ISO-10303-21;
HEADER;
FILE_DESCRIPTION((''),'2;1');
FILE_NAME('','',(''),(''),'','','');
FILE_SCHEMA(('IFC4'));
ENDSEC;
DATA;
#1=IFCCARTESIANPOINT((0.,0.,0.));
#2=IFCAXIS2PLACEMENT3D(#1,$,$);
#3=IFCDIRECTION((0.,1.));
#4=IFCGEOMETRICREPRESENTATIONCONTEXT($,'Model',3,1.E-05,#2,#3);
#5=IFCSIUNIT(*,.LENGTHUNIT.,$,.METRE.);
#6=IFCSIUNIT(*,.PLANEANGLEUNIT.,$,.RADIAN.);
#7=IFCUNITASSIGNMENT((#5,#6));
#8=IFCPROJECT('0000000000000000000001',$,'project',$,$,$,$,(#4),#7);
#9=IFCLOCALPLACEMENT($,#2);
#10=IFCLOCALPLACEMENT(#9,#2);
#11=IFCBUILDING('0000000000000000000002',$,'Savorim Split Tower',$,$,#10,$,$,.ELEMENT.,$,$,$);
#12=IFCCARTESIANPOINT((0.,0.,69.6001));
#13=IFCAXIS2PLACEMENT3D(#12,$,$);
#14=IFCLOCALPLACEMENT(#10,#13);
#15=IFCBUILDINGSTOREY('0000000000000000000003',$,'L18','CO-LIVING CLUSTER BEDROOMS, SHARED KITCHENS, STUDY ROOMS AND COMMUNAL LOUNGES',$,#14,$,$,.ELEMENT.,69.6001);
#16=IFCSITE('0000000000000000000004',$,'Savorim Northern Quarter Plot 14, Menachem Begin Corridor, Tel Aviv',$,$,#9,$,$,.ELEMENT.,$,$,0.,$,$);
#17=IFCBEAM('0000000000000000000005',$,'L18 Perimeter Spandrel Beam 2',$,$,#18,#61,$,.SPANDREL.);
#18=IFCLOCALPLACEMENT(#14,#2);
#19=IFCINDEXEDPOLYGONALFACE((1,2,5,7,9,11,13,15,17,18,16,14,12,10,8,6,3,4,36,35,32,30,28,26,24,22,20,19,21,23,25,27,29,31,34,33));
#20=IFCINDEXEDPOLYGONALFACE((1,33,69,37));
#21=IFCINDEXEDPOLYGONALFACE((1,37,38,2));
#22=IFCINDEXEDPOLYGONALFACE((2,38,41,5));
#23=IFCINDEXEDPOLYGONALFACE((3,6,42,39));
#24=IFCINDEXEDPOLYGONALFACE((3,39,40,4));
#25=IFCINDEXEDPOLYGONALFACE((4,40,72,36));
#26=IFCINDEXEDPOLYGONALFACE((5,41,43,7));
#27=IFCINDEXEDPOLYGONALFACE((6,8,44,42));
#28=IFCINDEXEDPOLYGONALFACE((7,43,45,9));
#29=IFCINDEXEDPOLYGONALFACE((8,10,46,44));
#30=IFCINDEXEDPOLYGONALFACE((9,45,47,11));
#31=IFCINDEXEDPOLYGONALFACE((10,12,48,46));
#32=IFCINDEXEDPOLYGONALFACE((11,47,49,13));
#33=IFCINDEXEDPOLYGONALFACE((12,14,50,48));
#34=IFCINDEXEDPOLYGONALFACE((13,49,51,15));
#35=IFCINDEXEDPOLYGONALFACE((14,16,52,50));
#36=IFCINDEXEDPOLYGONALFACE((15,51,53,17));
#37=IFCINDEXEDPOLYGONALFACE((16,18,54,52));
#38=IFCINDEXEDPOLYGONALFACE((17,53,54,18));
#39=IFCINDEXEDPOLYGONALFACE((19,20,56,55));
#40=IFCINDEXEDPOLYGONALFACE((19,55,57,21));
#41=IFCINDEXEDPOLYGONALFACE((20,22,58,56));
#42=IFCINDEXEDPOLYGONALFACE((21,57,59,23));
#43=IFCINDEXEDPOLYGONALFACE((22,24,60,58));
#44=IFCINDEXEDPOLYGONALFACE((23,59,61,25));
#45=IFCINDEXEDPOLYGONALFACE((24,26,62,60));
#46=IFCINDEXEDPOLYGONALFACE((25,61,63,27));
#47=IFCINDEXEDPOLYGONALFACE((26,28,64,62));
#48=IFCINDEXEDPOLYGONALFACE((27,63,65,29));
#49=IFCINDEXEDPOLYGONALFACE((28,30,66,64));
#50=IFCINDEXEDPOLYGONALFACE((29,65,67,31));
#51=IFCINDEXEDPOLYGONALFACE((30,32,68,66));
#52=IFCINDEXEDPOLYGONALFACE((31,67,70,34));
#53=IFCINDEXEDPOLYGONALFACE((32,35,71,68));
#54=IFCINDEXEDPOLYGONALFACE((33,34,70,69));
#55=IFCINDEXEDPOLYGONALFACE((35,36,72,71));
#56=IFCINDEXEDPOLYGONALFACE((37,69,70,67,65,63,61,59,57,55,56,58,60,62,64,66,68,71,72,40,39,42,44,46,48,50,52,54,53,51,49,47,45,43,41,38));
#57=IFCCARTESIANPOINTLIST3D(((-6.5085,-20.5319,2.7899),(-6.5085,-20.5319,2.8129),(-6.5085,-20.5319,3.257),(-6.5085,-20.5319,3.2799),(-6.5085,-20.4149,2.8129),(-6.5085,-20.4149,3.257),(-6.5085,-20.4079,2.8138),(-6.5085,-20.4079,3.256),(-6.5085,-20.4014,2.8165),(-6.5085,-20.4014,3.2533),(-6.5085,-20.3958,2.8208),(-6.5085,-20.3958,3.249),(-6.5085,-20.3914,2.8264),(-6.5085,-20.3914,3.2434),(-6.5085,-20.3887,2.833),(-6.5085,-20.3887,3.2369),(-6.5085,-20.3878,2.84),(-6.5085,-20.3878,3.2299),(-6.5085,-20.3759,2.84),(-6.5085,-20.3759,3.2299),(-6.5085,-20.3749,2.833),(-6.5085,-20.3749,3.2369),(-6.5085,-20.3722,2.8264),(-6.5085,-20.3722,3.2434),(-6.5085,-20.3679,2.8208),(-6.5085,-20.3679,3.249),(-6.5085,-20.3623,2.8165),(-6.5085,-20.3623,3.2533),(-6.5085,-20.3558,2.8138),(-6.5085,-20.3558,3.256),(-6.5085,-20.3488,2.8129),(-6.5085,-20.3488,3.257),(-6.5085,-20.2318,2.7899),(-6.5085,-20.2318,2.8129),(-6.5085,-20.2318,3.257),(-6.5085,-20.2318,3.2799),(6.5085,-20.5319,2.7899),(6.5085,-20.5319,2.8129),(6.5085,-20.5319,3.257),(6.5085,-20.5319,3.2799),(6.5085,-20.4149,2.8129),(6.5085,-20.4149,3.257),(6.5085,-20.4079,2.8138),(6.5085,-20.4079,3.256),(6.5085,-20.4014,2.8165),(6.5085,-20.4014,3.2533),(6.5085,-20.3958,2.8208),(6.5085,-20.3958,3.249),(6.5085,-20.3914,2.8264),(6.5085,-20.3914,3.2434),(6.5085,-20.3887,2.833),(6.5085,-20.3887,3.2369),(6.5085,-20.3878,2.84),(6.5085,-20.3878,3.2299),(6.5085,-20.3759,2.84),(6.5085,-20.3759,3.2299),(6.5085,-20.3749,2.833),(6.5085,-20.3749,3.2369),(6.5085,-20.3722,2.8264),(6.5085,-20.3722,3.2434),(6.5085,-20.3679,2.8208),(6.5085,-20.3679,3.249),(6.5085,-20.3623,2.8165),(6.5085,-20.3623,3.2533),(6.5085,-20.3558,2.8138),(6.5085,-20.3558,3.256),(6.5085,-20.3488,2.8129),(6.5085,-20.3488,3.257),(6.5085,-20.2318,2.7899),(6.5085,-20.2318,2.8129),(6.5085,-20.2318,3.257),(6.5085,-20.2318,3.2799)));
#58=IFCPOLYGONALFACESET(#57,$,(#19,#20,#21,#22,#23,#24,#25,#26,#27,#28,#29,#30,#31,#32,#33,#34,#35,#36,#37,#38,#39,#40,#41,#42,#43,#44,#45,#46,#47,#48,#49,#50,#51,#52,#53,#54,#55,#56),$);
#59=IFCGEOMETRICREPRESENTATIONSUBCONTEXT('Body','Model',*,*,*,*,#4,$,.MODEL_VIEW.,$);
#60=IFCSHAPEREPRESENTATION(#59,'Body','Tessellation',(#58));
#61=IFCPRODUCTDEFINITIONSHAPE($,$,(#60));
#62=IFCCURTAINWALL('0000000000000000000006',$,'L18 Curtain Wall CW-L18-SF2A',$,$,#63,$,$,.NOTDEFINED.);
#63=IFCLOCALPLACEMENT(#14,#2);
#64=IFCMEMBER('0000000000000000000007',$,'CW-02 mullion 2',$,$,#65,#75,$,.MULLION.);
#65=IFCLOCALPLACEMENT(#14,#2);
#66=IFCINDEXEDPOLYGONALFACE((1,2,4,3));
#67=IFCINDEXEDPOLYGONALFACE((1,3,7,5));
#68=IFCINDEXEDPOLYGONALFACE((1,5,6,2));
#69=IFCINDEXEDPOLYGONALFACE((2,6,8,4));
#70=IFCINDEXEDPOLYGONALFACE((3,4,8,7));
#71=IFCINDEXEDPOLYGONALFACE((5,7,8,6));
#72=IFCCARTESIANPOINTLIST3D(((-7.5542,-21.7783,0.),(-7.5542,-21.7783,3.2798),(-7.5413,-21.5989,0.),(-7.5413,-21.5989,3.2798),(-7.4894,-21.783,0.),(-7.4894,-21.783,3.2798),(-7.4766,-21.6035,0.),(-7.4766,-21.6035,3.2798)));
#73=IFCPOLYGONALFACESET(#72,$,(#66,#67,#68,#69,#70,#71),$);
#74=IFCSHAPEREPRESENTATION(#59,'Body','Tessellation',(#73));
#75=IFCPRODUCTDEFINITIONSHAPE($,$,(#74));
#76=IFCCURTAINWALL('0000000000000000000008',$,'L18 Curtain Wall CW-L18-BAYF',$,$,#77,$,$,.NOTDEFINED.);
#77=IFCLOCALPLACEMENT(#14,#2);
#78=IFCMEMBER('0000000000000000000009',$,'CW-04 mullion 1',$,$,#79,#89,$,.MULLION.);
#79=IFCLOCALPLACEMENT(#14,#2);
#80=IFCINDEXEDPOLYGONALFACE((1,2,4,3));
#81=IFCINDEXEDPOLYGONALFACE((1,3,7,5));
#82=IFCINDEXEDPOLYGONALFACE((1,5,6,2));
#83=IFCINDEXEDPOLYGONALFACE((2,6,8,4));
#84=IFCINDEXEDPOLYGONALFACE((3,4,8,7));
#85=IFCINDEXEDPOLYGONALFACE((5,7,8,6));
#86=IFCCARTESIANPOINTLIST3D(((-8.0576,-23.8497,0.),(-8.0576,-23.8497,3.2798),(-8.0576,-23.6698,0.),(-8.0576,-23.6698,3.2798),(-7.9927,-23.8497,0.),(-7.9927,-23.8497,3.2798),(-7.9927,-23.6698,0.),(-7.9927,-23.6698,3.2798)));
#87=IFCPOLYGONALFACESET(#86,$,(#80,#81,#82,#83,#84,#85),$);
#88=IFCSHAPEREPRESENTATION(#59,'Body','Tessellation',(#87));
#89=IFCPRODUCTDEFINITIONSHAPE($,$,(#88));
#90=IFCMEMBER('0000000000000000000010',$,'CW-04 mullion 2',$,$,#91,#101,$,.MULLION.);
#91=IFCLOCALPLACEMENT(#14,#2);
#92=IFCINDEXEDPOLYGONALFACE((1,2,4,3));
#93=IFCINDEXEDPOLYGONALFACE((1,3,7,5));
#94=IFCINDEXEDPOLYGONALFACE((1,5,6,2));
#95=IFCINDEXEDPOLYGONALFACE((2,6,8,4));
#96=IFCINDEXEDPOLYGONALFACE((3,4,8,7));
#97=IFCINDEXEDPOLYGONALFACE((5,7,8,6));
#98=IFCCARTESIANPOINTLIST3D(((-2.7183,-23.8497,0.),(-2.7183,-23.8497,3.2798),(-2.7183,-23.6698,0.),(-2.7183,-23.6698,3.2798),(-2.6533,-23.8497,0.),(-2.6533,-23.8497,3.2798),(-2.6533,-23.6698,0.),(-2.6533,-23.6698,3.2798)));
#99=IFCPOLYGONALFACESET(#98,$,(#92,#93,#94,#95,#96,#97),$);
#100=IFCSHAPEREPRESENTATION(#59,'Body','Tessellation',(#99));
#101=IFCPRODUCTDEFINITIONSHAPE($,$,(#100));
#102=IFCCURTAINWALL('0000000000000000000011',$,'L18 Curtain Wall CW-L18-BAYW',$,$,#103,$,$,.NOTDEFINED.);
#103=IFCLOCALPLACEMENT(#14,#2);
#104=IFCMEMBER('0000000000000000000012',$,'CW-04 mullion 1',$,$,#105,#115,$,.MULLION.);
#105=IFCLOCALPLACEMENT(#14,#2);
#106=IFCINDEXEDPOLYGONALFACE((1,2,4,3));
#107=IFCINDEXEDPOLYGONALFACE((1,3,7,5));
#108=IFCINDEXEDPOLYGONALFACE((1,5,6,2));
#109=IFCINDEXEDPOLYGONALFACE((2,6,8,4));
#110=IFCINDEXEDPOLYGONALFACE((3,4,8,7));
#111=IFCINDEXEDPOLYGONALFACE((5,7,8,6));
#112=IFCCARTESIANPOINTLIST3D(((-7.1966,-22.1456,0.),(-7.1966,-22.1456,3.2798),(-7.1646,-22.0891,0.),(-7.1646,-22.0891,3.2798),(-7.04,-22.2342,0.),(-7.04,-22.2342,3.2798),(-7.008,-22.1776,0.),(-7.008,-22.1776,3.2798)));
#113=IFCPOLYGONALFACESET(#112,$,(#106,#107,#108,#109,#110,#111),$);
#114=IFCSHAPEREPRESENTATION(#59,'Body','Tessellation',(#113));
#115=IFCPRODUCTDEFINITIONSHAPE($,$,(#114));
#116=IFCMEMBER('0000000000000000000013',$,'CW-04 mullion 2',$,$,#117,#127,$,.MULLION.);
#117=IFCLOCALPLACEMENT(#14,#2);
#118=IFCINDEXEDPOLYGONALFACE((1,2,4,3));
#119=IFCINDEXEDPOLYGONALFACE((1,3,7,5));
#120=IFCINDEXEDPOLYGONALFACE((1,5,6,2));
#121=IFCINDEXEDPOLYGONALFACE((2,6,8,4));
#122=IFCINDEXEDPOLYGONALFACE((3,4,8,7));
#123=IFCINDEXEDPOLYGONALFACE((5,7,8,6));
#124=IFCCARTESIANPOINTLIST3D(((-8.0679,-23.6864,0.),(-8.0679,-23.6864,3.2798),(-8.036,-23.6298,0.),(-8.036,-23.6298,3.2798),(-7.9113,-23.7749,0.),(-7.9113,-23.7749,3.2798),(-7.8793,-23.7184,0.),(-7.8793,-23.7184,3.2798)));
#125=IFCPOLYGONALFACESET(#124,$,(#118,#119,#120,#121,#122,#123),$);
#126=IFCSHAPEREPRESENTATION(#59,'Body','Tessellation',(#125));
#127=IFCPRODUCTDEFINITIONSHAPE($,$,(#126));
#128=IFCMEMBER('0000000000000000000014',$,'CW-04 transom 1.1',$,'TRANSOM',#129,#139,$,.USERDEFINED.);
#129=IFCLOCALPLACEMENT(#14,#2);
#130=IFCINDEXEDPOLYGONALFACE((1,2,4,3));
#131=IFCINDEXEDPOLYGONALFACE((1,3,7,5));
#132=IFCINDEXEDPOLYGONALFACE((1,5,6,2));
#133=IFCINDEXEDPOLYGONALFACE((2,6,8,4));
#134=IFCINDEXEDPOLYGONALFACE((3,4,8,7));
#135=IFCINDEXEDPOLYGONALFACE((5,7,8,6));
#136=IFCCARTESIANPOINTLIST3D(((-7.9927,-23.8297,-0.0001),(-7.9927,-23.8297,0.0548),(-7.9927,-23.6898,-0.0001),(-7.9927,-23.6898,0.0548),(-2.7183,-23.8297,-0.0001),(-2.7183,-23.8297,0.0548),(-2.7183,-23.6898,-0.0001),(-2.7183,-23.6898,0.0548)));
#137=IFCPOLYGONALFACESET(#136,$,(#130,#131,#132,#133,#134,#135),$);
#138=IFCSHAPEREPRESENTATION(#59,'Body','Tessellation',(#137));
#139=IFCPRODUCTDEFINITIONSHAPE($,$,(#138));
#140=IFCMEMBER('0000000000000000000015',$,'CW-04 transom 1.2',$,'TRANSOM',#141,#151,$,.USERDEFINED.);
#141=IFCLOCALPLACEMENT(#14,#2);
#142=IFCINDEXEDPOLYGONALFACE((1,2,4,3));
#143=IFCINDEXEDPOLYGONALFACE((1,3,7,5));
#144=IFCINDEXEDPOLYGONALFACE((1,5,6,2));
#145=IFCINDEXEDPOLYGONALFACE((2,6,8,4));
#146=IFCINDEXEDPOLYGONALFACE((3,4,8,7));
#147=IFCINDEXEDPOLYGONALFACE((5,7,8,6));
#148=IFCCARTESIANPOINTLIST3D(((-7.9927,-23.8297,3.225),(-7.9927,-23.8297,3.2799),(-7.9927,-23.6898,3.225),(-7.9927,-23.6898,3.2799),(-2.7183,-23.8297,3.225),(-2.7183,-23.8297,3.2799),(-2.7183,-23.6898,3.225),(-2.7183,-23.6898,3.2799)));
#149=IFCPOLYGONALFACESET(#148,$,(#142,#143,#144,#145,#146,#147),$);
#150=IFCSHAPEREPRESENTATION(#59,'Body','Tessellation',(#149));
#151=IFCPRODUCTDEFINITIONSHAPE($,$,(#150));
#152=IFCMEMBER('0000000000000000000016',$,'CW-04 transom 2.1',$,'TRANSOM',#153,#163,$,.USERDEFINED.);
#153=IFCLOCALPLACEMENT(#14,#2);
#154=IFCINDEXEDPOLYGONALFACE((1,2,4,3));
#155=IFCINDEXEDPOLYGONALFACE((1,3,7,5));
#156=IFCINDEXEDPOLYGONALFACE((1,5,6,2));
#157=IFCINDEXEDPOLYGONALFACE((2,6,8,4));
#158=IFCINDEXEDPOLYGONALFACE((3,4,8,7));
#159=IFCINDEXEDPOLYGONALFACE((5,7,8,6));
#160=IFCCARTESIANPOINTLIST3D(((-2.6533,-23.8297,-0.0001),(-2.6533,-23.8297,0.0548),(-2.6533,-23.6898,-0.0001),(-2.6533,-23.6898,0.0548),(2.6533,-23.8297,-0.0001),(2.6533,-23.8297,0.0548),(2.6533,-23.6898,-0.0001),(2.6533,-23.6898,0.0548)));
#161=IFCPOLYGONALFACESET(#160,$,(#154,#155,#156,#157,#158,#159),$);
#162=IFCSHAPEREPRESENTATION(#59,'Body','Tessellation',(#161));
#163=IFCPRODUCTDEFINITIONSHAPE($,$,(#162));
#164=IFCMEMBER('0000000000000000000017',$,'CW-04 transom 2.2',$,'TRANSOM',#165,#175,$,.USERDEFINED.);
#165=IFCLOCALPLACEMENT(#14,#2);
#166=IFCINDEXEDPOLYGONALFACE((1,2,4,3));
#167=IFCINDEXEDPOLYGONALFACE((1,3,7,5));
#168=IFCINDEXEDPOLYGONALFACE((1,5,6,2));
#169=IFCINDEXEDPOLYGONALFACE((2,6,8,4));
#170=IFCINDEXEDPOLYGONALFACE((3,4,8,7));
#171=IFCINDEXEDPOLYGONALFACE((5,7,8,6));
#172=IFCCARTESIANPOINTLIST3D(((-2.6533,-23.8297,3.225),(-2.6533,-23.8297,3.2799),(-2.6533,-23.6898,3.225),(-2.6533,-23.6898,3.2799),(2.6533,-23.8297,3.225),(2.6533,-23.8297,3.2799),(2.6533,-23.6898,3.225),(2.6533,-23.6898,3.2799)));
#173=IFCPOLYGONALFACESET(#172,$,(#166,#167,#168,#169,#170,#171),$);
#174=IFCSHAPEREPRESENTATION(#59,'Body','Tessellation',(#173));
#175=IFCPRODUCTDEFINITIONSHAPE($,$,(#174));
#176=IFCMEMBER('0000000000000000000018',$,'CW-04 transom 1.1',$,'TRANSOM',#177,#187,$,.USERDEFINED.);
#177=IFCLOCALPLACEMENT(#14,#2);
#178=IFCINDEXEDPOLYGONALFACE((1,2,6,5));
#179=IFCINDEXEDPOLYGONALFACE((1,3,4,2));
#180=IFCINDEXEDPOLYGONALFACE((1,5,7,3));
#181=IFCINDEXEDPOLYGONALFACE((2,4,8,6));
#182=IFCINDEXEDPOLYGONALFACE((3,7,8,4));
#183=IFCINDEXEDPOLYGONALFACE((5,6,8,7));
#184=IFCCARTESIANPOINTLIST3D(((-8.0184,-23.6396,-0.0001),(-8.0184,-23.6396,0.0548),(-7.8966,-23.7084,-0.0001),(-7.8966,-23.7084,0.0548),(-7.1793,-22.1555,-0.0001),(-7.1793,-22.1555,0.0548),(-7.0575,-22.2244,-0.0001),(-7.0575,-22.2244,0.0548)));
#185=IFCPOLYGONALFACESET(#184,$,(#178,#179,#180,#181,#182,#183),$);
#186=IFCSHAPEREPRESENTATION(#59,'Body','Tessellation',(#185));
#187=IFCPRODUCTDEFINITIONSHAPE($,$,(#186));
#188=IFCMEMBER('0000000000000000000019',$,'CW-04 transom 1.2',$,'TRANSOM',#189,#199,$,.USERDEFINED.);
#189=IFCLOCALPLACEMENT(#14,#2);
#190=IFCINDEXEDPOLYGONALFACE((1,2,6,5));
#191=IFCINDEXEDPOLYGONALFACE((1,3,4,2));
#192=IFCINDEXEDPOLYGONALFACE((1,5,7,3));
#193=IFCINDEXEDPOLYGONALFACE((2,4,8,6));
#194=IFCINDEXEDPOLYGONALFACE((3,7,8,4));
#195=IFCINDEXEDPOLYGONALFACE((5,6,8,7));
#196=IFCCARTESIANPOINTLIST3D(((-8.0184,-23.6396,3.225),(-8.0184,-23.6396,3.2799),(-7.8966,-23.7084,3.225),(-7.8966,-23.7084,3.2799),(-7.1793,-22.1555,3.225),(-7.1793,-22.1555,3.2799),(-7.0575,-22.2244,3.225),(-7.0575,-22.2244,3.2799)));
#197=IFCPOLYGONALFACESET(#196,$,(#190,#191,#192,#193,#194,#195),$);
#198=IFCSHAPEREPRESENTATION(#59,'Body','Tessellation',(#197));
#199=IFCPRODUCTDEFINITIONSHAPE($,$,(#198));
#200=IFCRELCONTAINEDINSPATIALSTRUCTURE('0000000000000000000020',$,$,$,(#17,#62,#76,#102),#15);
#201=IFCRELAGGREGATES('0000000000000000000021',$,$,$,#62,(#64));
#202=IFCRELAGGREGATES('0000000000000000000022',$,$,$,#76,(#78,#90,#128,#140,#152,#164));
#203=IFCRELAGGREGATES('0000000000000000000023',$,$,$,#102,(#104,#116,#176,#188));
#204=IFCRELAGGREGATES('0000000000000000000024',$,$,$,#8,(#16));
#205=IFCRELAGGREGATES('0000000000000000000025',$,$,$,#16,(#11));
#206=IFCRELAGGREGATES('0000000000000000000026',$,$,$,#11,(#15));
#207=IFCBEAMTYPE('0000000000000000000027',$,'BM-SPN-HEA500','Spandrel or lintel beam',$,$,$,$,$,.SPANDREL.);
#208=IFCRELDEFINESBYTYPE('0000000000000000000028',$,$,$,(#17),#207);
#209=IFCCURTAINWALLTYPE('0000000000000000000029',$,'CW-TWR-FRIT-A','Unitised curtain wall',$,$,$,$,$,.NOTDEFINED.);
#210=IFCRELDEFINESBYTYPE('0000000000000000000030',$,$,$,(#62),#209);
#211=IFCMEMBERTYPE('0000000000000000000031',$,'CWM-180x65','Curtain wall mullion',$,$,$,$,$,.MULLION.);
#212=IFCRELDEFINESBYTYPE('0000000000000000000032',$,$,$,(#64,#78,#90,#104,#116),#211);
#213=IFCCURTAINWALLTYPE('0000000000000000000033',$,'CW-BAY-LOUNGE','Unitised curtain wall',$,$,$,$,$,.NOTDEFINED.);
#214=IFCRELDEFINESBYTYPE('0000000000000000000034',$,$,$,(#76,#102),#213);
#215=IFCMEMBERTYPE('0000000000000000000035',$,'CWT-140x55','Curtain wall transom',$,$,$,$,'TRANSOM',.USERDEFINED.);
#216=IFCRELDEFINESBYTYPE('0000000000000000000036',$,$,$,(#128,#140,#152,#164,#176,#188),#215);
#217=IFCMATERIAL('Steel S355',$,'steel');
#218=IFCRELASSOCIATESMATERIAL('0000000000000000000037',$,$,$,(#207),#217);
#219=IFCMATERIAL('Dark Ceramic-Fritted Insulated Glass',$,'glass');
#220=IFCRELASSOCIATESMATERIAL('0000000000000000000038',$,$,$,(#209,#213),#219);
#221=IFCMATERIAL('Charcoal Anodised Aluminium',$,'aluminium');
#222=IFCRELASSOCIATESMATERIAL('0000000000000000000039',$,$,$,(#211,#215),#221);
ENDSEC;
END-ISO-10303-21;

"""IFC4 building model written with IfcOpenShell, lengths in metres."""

from ifc_helpers import new_model, si_unit, direction, frame, origin, origin_2d, place, context, subcontext, project, spatial, rectangle, i_section, extrude, material, material_profile, profile_set, type_object, element, aggregate, save


model = new_model("IFC4")

# Units and contexts
model_context = context("Model", 3, precision=1e-05, world=origin(), true_north=direction((0.0, 1.0)))
body_context = subcontext(model_context, "Body", "Model", "MODEL_VIEW")
ifc_project = project(units=[si_unit("LENGTHUNIT", "METRE"), si_unit("PLANEANGLEUNIT", "RADIAN")], contexts=[model_context])

# Site, building, storey
site_placement = place(None, origin())
site = spatial("IfcSite", under=ifc_project, at=site_placement, Name="Savorim Northern Quarter Plot 14, Menachem Begin Corridor, Tel Aviv", CompositionType="ELEMENT", RefElevation=0.0)
building_placement = place(site_placement, origin())
building = spatial("IfcBuilding", under=site, at=building_placement, Name="Savorim Split Tower", CompositionType="ELEMENT")
storey_placement = place(building_placement, frame((0.0, 0.0, 69.6001)))
storey = spatial("IfcBuildingStorey", under=building, at=storey_placement, Name="L18", Description="CO-LIVING CLUSTER BEDROOMS, SHARED KITCHENS, STUDY ROOMS AND COMMUNAL LOUNGES", CompositionType="ELEMENT", Elevation=69.6001)

# Beam
ifc_material_1 = material(Name="Steel S355", Category="steel")
ifc_material_profile_1 = material_profile(ifc_material_1, i_section(OverallWidth=0.3, OverallDepth=0.49, WebThickness=0.012, FlangeThickness=0.0229, FilletRadius=0.0271, at=origin_2d()), Name="HEA 500")
ifc_profile_set_1 = profile_set([ifc_material_profile_1], Name="Steel S355")
beam_type_1 = type_object("IfcBeamType", Name="BM-SPN-HEA500", Description="Spandrel or lintel beam", PredefinedType="SPANDREL", material=ifc_profile_set_1)
beam_1_placement = place(storey_placement, frame((-6.5085, -20.3818, 3.0349), z_axis=(1.0, 0.0, 0.0), x_axis=(0.0, 1.0, 0.0)))
element("IfcBeam", 1, at=beam_1_placement, inside=storey, type_object=beam_type_1, Name="L18 Perimeter Spandrel Beam 2", PredefinedType="SPANDREL", context=body_context, shape_type="SweptSolid", body=[
    extrude(i_section(OverallWidth=0.3, OverallDepth=0.49, WebThickness=0.012, FlangeThickness=0.0229, FilletRadius=0.0271, at=origin_2d()), origin(), (0.0, 0.0, 1.0), 13.0171),
])

# Curtain wall, member
ifc_material_2 = material(Name="Dark Ceramic-Fritted Insulated Glass", Category="glass")
curtain_wall_type_1 = type_object("IfcCurtainWallType", Name="CW-TWR-FRIT-A", Description="Unitised curtain wall", PredefinedType="NOTDEFINED", material=ifc_material_2)
curtain_wall_1_placement = place(storey_placement, origin())
curtain_wall_1 = element("IfcCurtainWall", 2, at=curtain_wall_1_placement, inside=storey, type_object=curtain_wall_type_1, Name="L18 Curtain Wall CW-L18-SF2A", PredefinedType="NOTDEFINED")
ifc_material_3 = material(Name="Charcoal Anodised Aluminium", Category="aluminium")
ifc_material_profile_2 = material_profile(ifc_material_3, rectangle(XDim=0.1799, YDim=0.0649, at=origin_2d()), Name="ALU-M 180x65")
ifc_profile_set_2 = profile_set([ifc_material_profile_2], Name="Charcoal Anodised Aluminium")
member_type_1 = type_object("IfcMemberType", Name="CWM-180x65", Description="Curtain wall mullion", PredefinedType="MULLION", material=ifc_profile_set_2)
member_1_placement = place(storey_placement, frame((-7.5154, -21.6909, 0.0), z_axis=(0.0, 0.0, 1.0), x_axis=(0.071546, 0.997437, 0.0)))
member_1 = element("IfcMember", 3, at=member_1_placement, type_object=member_type_1, Name="CW-02 mullion 2", PredefinedType="MULLION", context=body_context, shape_type="SweptSolid", body=[
    extrude(rectangle(XDim=0.1799, YDim=0.0649, at=origin_2d()), origin(), (0.0, 0.0, 1.0), 3.2798),
])
aggregate(curtain_wall_1, [member_1])

# Curtain walls, members
curtain_wall_type_2 = type_object("IfcCurtainWallType", Name="CW-BAY-LOUNGE", Description="Unitised curtain wall", PredefinedType="NOTDEFINED", material=ifc_material_2)
curtain_wall_2_placement = place(storey_placement, origin())
curtain_wall_2 = element("IfcCurtainWall", 4, at=curtain_wall_2_placement, inside=storey, type_object=curtain_wall_type_2, Name="L18 Curtain Wall CW-L18-BAYF", PredefinedType="NOTDEFINED")
member_2_placement = place(storey_placement, frame((-8.0251, -23.7598, 0.0), z_axis=(0.0, 0.0, 1.0), x_axis=(0.0, 1.0, 0.0)))
member_2 = element("IfcMember", 5, at=member_2_placement, type_object=member_type_1, Name="CW-04 mullion 1", PredefinedType="MULLION", context=body_context, shape_type="SweptSolid", body=[
    extrude(rectangle(XDim=0.1799, YDim=0.0649, at=origin_2d()), origin(), (0.0, 0.0, 1.0), 3.2798),
])
member_3_placement = place(storey_placement, frame((-2.6858, -23.7598, 0.0), z_axis=(0.0, 0.0, 1.0), x_axis=(0.0, 1.0, 0.0)))
member_3 = element("IfcMember", 6, at=member_3_placement, type_object=member_type_1, Name="CW-04 mullion 2", PredefinedType="MULLION", context=body_context, shape_type="SweptSolid", body=[
    extrude(rectangle(XDim=0.1799, YDim=0.0649, at=origin_2d()), origin(), (0.0, 0.0, 1.0), 3.2798),
])
curtain_wall_3_placement = place(storey_placement, origin())
curtain_wall_3 = element("IfcCurtainWall", 7, at=curtain_wall_3_placement, inside=storey, type_object=curtain_wall_type_2, Name="L18 Curtain Wall CW-L18-BAYW", PredefinedType="NOTDEFINED")
member_4_placement = place(storey_placement, frame((-7.1023, -22.1616, 0.0), z_axis=(0.0, 0.0, 1.0), x_axis=(0.870451, -0.492255, 0.0)))
member_4 = element("IfcMember", 8, at=member_4_placement, type_object=member_type_1, Name="CW-04 mullion 1", PredefinedType="MULLION", context=body_context, shape_type="SweptSolid", body=[
    extrude(rectangle(XDim=0.1799, YDim=0.0649, at=origin_2d()), origin(), (0.0, 0.0, 1.0), 3.2798),
])
member_5_placement = place(storey_placement, frame((-7.9736, -23.7024, 0.0), z_axis=(0.0, 0.0, 1.0), x_axis=(0.870451, -0.492255, 0.0)))
member_5 = element("IfcMember", 9, at=member_5_placement, type_object=member_type_1, Name="CW-04 mullion 2", PredefinedType="MULLION", context=body_context, shape_type="SweptSolid", body=[
    extrude(rectangle(XDim=0.1799, YDim=0.0649, at=origin_2d()), origin(), (0.0, 0.0, 1.0), 3.2798),
])

# Members
ifc_material_profile_3 = material_profile(ifc_material_3, rectangle(XDim=0.1399, YDim=0.0549, at=origin_2d()), Name="ALU-T 140x55")
ifc_profile_set_3 = profile_set([ifc_material_profile_3], Name="Charcoal Anodised Aluminium")
member_type_2 = type_object("IfcMemberType", Name="CWT-140x55", Description="Curtain wall transom", ElementType="TRANSOM", PredefinedType="USERDEFINED", material=ifc_profile_set_3)
member_6_placement = place(storey_placement, frame((-7.9927, -23.7598, 0.0273), z_axis=(1.0, 0.0, 0.0), x_axis=(0.0, 1.0, 0.0)))
member_6 = element("IfcMember", 10, at=member_6_placement, type_object=member_type_2, Name="CW-04 transom 1.1", ObjectType="TRANSOM", PredefinedType="USERDEFINED", context=body_context, shape_type="SweptSolid", body=[
    extrude(rectangle(XDim=0.1399, YDim=0.0549, at=origin_2d()), origin(), (0.0, 0.0, 1.0), 5.2744),
])
member_7_placement = place(storey_placement, frame((-7.9927, -23.7598, 3.2524), z_axis=(1.0, 0.0, 0.0), x_axis=(0.0, 1.0, 0.0)))
member_7 = element("IfcMember", 11, at=member_7_placement, type_object=member_type_2, Name="CW-04 transom 1.2", ObjectType="TRANSOM", PredefinedType="USERDEFINED", context=body_context, shape_type="SweptSolid", body=[
    extrude(rectangle(XDim=0.1399, YDim=0.0549, at=origin_2d()), origin(), (0.0, 0.0, 1.0), 5.2744),
])
member_8_placement = place(storey_placement, frame((-2.6533, -23.7598, 0.0273), z_axis=(1.0, 0.0, 0.0), x_axis=(0.0, 1.0, 0.0)))
member_8 = element("IfcMember", 12, at=member_8_placement, type_object=member_type_2, Name="CW-04 transom 2.1", ObjectType="TRANSOM", PredefinedType="USERDEFINED", context=body_context, shape_type="SweptSolid", body=[
    extrude(rectangle(XDim=0.1399, YDim=0.0549, at=origin_2d()), origin(), (0.0, 0.0, 1.0), 5.3066),
])
member_9_placement = place(storey_placement, frame((-2.6533, -23.7598, 3.2524), z_axis=(1.0, 0.0, 0.0), x_axis=(0.0, 1.0, 0.0)))
member_9 = element("IfcMember", 13, at=member_9_placement, type_object=member_type_2, Name="CW-04 transom 2.2", ObjectType="TRANSOM", PredefinedType="USERDEFINED", context=body_context, shape_type="SweptSolid", body=[
    extrude(rectangle(XDim=0.1399, YDim=0.0549, at=origin_2d()), origin(), (0.0, 0.0, 1.0), 5.3066),
])
member_10_placement = place(storey_placement, frame((-7.1184, -22.1899, 0.0273), z_axis=(-0.49217, -0.870499, 0.0), x_axis=(0.870499, -0.49217, 0.0)))
member_10 = element("IfcMember", 14, at=member_10_placement, type_object=member_type_2, Name="CW-04 transom 1.1", ObjectType="TRANSOM", PredefinedType="USERDEFINED", context=body_context, shape_type="SweptSolid", body=[
    extrude(rectangle(XDim=0.1399, YDim=0.0549, at=origin_2d()), origin(), (0.0, 0.0, 1.0), 1.7048),
])
member_11_placement = place(storey_placement, frame((-7.1184, -22.1899, 3.2524), z_axis=(-0.49217, -0.870499, 0.0), x_axis=(0.870499, -0.49217, 0.0)))
member_11 = element("IfcMember", 15, at=member_11_placement, type_object=member_type_2, Name="CW-04 transom 1.2", ObjectType="TRANSOM", PredefinedType="USERDEFINED", context=body_context, shape_type="SweptSolid", body=[
    extrude(rectangle(XDim=0.1399, YDim=0.0549, at=origin_2d()), origin(), (0.0, 0.0, 1.0), 1.7048),
])

aggregate(curtain_wall_2, [member_2, member_3, member_6, member_7, member_8, member_9])
aggregate(curtain_wall_3, [member_4, member_5, member_10, member_11])

save(model, "model.ifc")
